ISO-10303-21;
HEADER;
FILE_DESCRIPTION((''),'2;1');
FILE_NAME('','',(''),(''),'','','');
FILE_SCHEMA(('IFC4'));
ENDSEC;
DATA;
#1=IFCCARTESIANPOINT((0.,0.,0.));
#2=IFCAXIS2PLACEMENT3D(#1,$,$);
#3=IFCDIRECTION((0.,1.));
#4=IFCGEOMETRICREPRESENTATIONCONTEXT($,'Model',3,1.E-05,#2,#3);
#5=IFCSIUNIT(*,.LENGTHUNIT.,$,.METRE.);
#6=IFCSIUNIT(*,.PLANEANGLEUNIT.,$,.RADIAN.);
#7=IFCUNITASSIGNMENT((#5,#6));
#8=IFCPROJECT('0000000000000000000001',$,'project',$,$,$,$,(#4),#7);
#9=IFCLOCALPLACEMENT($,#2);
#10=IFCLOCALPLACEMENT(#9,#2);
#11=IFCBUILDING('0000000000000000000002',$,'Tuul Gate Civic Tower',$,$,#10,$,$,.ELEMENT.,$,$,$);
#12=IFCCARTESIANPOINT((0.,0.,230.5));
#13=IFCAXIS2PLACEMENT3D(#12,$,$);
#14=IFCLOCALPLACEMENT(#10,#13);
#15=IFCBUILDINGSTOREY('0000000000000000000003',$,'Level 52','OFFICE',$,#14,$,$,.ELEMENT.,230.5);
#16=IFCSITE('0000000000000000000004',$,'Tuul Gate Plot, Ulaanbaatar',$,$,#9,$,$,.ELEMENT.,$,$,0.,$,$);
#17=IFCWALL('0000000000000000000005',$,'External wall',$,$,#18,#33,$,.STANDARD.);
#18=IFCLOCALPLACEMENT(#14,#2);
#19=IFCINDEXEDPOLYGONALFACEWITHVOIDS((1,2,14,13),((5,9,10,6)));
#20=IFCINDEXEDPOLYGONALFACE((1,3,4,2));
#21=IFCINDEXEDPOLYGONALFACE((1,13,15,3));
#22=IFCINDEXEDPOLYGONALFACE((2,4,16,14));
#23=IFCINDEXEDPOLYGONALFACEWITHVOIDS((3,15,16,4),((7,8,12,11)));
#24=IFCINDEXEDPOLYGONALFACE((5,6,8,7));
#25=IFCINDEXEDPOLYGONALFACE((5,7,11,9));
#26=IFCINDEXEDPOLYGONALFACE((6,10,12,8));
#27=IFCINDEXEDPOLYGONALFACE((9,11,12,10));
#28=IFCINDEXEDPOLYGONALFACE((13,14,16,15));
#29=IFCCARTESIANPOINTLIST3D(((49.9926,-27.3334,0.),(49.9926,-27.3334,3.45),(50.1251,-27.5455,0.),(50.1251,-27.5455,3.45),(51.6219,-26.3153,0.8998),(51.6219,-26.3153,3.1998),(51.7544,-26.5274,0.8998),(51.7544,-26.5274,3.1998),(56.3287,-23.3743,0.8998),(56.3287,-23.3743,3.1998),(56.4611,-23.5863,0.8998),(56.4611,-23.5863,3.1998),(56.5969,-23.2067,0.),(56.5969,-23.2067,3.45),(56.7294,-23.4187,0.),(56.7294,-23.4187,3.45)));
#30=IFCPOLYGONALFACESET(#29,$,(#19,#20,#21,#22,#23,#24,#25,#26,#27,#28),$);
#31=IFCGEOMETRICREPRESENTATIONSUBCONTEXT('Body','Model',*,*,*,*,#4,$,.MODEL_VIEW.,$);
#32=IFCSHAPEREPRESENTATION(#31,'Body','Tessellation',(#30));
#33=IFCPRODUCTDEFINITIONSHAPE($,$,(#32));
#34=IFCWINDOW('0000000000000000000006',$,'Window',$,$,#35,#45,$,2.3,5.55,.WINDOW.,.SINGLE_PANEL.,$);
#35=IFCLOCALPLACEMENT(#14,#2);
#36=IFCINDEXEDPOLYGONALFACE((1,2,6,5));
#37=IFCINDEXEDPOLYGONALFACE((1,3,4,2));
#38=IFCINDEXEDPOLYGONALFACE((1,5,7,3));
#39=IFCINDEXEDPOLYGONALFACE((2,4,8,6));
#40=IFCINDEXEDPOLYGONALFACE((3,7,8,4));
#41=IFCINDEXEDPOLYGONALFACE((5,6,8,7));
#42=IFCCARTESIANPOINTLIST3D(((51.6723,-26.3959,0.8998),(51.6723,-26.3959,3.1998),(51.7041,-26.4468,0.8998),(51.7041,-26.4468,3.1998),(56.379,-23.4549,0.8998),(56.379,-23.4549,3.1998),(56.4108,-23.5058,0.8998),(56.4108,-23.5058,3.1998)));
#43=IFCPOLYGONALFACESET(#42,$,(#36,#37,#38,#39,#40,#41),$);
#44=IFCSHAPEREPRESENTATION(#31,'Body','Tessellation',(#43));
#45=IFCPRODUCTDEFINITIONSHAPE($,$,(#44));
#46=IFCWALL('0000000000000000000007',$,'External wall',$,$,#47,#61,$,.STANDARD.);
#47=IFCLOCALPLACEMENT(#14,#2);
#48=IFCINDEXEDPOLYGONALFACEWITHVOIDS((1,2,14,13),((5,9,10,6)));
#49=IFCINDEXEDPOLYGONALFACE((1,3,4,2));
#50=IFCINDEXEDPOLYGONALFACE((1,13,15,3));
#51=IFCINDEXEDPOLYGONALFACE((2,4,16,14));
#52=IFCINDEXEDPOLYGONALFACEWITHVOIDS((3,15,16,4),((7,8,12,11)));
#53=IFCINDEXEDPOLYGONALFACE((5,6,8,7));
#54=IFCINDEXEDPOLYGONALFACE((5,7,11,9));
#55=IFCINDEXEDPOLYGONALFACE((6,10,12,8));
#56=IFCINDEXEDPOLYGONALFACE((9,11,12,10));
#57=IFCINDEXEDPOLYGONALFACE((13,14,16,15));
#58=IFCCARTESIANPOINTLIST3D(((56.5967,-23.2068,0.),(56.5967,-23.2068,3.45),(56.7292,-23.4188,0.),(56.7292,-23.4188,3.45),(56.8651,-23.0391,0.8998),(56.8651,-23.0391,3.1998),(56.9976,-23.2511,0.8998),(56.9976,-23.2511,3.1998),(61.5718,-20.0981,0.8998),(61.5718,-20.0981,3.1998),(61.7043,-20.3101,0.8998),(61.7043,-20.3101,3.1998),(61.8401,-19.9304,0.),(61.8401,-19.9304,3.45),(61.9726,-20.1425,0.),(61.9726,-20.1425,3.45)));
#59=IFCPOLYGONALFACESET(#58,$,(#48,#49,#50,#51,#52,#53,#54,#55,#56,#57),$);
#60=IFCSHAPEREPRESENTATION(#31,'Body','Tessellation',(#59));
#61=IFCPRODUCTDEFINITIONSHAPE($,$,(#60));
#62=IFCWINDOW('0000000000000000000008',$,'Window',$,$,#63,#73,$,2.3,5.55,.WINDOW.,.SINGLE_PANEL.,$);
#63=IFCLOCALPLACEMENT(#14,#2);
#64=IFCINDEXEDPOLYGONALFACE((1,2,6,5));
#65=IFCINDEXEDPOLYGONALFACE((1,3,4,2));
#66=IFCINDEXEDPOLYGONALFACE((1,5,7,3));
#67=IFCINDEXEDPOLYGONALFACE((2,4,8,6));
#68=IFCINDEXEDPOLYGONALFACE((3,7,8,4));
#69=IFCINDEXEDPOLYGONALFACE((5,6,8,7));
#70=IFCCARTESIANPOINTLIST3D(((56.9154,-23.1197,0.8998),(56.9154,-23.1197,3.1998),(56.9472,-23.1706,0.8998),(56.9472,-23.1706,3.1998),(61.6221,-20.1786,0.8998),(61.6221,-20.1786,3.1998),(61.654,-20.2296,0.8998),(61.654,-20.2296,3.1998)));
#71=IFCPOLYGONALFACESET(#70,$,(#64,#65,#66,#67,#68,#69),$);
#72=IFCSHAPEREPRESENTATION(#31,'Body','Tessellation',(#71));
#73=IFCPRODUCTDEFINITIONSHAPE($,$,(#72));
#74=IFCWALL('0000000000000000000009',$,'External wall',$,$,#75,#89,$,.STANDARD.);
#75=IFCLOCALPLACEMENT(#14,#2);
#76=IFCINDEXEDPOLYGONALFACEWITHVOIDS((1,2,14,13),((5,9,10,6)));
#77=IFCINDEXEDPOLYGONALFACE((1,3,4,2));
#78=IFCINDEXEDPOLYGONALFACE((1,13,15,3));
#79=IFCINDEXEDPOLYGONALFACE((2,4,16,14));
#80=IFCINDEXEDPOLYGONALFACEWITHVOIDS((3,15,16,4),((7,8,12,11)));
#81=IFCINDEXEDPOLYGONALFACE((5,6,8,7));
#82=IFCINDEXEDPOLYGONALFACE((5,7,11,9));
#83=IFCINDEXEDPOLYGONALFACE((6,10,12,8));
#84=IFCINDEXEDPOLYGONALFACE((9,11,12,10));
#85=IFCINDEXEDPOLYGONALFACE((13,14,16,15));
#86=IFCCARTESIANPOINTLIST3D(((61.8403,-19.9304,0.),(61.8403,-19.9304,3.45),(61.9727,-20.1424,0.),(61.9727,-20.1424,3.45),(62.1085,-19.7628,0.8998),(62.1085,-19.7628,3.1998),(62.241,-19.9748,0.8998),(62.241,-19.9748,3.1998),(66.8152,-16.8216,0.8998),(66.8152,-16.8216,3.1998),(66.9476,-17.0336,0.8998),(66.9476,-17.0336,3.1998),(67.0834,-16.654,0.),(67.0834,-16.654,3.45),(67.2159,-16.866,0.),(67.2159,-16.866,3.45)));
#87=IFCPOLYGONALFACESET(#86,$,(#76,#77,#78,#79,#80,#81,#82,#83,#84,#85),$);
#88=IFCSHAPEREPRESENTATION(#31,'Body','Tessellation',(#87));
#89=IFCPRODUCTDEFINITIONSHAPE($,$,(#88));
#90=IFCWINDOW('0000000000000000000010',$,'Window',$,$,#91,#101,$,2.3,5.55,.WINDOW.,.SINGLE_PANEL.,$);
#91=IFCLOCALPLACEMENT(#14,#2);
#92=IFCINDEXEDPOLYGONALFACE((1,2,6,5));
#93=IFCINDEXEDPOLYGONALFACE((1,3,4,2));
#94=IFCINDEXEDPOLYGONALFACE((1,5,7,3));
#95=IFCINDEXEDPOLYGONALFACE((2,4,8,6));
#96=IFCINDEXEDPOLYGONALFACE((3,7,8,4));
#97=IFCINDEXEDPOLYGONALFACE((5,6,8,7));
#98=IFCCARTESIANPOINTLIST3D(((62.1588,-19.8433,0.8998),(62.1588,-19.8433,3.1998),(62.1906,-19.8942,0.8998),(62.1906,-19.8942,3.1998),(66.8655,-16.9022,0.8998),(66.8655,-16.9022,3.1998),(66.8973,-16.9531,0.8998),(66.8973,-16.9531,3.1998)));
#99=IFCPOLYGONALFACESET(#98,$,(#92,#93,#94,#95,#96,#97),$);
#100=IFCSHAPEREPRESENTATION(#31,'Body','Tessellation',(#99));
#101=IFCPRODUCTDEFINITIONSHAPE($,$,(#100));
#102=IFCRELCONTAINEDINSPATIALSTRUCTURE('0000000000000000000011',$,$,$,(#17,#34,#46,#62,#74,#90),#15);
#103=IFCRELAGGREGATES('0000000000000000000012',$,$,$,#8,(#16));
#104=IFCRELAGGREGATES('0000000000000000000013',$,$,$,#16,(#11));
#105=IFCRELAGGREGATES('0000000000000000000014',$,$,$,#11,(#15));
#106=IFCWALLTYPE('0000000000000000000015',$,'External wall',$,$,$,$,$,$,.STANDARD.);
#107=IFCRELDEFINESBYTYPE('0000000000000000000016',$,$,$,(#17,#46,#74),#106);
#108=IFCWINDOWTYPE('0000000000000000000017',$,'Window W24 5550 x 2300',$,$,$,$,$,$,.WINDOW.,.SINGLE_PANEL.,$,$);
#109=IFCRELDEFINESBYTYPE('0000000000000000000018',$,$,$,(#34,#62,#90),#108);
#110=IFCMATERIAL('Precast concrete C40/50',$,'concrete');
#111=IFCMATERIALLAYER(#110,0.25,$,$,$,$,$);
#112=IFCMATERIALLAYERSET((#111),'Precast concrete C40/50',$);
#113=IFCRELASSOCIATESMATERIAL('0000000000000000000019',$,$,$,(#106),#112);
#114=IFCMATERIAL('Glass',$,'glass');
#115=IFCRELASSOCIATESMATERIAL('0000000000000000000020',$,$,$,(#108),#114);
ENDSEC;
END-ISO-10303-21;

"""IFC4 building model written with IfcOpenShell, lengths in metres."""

from ifc_helpers import new_model, si_unit, direction, frame, frame_2d, origin, place, context, subcontext, project, spatial, rectangle, extrude, material, layer, layer_set, type_object, element, fill, save


model = new_model("IFC4")

# Units and contexts
model_context = context("Model", 3, precision=1e-05, world=origin(), true_north=direction((0.0, 1.0)))
body_context = subcontext(model_context, "Body", "Model", "MODEL_VIEW")
ifc_project = project(units=[si_unit("LENGTHUNIT", "METRE"), si_unit("PLANEANGLEUNIT", "RADIAN")], contexts=[model_context])

# Site, building, storey
site_placement = place(None, origin())
site = spatial("IfcSite", under=ifc_project, at=site_placement, Name="Tuul Gate Plot, Ulaanbaatar", CompositionType="ELEMENT", RefElevation=0.0)
building_placement = place(site_placement, origin())
building = spatial("IfcBuilding", under=site, at=building_placement, Name="Tuul Gate Civic Tower", CompositionType="ELEMENT")
storey_placement = place(building_placement, frame((0.0, 0.0, 230.5)))
storey = spatial("IfcBuildingStorey", under=building, at=storey_placement, Name="Level 52", Description="OFFICE", CompositionType="ELEMENT", Elevation=230.5)

# Shared definitions
ifc_material_1 = material(Name="Precast concrete C40/50", Category="concrete")
ifc_layer = layer(ifc_material_1, 0.25)
ifc_layer_set = layer_set([ifc_layer], Name="Precast concrete C40/50")
wall_type = type_object("IfcWallType", Name="External wall", PredefinedType="STANDARD", material=ifc_layer_set)

# Walls, openings, windows
wall_1_placement = place(storey_placement, frame((50.0588, -27.4395, 0.0), z_axis=(0.0, 0.0, 1.0), x_axis=(0.848053, 0.529912, 0.0)))
wall_1 = element("IfcWall", 1, at=wall_1_placement, inside=storey, type_object=wall_type, Name="External wall", PredefinedType="STANDARD", context=body_context, shape_type="SweptSolid", body=[
    extrude(rectangle(XDim=7.7876, YDim=0.25, at=frame_2d((3.8938, 0.0))), origin(), (0.0, 0.0, 1.0), 3.45),
])
opening_1_placement = place(wall_1_placement, frame((1.9214, 0.0, 0.8999)))
opening_1 = element("IfcOpeningElement", 2, at=opening_1_placement, cuts=wall_1, PredefinedType="OPENING", context=body_context, shape_type="SweptSolid", body=[
    extrude(rectangle(XDim=5.55, YDim=2.3, at=frame_2d((2.7749, 1.1499))), frame((0.0, 0.135, 0.0), z_axis=(0.0, -1.0, 0.0), x_axis=(1.0, 0.0, 0.0)), (0.0, 0.0, 1.0), 0.27),
])
ifc_material_2 = material(Name="Glass", Category="glass")
window_type = type_object("IfcWindowType", Name="Window W24 5550 x 2300", PartitioningType="SINGLE_PANEL", PredefinedType="WINDOW", material=ifc_material_2)
window_1_placement = place(opening_1_placement, origin())
window_1 = element("IfcWindow", 3, at=window_1_placement, inside=storey, type_object=window_type, Name="Window", OverallHeight=2.3, OverallWidth=5.55, PartitioningType="SINGLE_PANEL", PredefinedType="WINDOW", context=body_context, shape_type="SweptSolid", body=[
    extrude(rectangle(XDim=5.55, YDim=2.3, at=frame_2d((2.7749, 1.1499))), frame((0.0, 0.03, 0.0), z_axis=(0.0, -1.0, 0.0), x_axis=(1.0, 0.0, 0.0)), (0.0, 0.0, 1.0), 0.0601),
])
fill(opening_1, window_1)
wall_2_placement = place(storey_placement, frame((56.6631, -23.3127, 0.0), z_axis=(0.0, 0.0, 1.0), x_axis=(0.848054, 0.52991, 0.0)))
wall_2 = element("IfcWall", 4, at=wall_2_placement, inside=storey, type_object=wall_type, Name="External wall", PredefinedType="STANDARD", context=body_context, shape_type="SweptSolid", body=[
    extrude(rectangle(XDim=6.1829, YDim=0.25, at=frame_2d((3.0913, 0.0))), origin(), (0.0, 0.0, 1.0), 3.45),
])
opening_2_placement = place(wall_2_placement, frame((0.3164, 0.0, 0.8999)))
opening_2 = element("IfcOpeningElement", 5, at=opening_2_placement, cuts=wall_2, PredefinedType="OPENING", context=body_context, shape_type="SweptSolid", body=[
    extrude(rectangle(XDim=5.55, YDim=2.3, at=frame_2d((2.7749, 1.1499))), frame((0.0, 0.135, 0.0), z_axis=(0.0, -1.0, 0.0), x_axis=(1.0, 0.0, 0.0)), (0.0, 0.0, 1.0), 0.27),
])
window_2_placement = place(opening_2_placement, origin())
window_2 = element("IfcWindow", 6, at=window_2_placement, inside=storey, type_object=window_type, Name="Window", OverallHeight=2.3, OverallWidth=5.55, PartitioningType="SINGLE_PANEL", PredefinedType="WINDOW", context=body_context, shape_type="SweptSolid", body=[
    extrude(rectangle(XDim=5.55, YDim=2.3, at=frame_2d((2.7749, 1.1499))), frame((0.0, 0.03, 0.0), z_axis=(0.0, -1.0, 0.0), x_axis=(1.0, 0.0, 0.0)), (0.0, 0.0, 1.0), 0.0601),
])
fill(opening_2, window_2)
wall_3_placement = place(storey_placement, frame((61.9065, -20.0364, 0.0), z_axis=(0.0, 0.0, 1.0), x_axis=(0.848043, 0.529928, 0.0)))
wall_3 = element("IfcWall", 7, at=wall_3_placement, inside=storey, type_object=wall_type, Name="External wall", PredefinedType="STANDARD", context=body_context, shape_type="SweptSolid", body=[
    extrude(rectangle(XDim=6.1826, YDim=0.25, at=frame_2d((3.0913, 0.0))), origin(), (0.0, 0.0, 1.0), 3.45),
])
opening_3_placement = place(wall_3_placement, frame((0.3164, 0.0, 0.8999)))
opening_3 = element("IfcOpeningElement", 8, at=opening_3_placement, cuts=wall_3, PredefinedType="OPENING", context=body_context, shape_type="SweptSolid", body=[
    extrude(rectangle(XDim=5.55, YDim=2.3, at=frame_2d((2.7749, 1.1499))), frame((0.0, 0.135, 0.0), z_axis=(0.0, -1.0, 0.0), x_axis=(1.0, 0.0, 0.0)), (0.0, 0.0, 1.0), 0.27),
])
window_3_placement = place(opening_3_placement, origin())
window_3 = element("IfcWindow", 9, at=window_3_placement, inside=storey, type_object=window_type, Name="Window", OverallHeight=2.3, OverallWidth=5.55, PartitioningType="SINGLE_PANEL", PredefinedType="WINDOW", context=body_context, shape_type="SweptSolid", body=[
    extrude(rectangle(XDim=5.55, YDim=2.3, at=frame_2d((2.7749, 1.1499))), frame((0.0, 0.03, 0.0), z_axis=(0.0, -1.0, 0.0), x_axis=(1.0, 0.0, 0.0)), (0.0, 0.0, 1.0), 0.0601),
])
fill(opening_3, window_3)

save(model, "model.ifc")
